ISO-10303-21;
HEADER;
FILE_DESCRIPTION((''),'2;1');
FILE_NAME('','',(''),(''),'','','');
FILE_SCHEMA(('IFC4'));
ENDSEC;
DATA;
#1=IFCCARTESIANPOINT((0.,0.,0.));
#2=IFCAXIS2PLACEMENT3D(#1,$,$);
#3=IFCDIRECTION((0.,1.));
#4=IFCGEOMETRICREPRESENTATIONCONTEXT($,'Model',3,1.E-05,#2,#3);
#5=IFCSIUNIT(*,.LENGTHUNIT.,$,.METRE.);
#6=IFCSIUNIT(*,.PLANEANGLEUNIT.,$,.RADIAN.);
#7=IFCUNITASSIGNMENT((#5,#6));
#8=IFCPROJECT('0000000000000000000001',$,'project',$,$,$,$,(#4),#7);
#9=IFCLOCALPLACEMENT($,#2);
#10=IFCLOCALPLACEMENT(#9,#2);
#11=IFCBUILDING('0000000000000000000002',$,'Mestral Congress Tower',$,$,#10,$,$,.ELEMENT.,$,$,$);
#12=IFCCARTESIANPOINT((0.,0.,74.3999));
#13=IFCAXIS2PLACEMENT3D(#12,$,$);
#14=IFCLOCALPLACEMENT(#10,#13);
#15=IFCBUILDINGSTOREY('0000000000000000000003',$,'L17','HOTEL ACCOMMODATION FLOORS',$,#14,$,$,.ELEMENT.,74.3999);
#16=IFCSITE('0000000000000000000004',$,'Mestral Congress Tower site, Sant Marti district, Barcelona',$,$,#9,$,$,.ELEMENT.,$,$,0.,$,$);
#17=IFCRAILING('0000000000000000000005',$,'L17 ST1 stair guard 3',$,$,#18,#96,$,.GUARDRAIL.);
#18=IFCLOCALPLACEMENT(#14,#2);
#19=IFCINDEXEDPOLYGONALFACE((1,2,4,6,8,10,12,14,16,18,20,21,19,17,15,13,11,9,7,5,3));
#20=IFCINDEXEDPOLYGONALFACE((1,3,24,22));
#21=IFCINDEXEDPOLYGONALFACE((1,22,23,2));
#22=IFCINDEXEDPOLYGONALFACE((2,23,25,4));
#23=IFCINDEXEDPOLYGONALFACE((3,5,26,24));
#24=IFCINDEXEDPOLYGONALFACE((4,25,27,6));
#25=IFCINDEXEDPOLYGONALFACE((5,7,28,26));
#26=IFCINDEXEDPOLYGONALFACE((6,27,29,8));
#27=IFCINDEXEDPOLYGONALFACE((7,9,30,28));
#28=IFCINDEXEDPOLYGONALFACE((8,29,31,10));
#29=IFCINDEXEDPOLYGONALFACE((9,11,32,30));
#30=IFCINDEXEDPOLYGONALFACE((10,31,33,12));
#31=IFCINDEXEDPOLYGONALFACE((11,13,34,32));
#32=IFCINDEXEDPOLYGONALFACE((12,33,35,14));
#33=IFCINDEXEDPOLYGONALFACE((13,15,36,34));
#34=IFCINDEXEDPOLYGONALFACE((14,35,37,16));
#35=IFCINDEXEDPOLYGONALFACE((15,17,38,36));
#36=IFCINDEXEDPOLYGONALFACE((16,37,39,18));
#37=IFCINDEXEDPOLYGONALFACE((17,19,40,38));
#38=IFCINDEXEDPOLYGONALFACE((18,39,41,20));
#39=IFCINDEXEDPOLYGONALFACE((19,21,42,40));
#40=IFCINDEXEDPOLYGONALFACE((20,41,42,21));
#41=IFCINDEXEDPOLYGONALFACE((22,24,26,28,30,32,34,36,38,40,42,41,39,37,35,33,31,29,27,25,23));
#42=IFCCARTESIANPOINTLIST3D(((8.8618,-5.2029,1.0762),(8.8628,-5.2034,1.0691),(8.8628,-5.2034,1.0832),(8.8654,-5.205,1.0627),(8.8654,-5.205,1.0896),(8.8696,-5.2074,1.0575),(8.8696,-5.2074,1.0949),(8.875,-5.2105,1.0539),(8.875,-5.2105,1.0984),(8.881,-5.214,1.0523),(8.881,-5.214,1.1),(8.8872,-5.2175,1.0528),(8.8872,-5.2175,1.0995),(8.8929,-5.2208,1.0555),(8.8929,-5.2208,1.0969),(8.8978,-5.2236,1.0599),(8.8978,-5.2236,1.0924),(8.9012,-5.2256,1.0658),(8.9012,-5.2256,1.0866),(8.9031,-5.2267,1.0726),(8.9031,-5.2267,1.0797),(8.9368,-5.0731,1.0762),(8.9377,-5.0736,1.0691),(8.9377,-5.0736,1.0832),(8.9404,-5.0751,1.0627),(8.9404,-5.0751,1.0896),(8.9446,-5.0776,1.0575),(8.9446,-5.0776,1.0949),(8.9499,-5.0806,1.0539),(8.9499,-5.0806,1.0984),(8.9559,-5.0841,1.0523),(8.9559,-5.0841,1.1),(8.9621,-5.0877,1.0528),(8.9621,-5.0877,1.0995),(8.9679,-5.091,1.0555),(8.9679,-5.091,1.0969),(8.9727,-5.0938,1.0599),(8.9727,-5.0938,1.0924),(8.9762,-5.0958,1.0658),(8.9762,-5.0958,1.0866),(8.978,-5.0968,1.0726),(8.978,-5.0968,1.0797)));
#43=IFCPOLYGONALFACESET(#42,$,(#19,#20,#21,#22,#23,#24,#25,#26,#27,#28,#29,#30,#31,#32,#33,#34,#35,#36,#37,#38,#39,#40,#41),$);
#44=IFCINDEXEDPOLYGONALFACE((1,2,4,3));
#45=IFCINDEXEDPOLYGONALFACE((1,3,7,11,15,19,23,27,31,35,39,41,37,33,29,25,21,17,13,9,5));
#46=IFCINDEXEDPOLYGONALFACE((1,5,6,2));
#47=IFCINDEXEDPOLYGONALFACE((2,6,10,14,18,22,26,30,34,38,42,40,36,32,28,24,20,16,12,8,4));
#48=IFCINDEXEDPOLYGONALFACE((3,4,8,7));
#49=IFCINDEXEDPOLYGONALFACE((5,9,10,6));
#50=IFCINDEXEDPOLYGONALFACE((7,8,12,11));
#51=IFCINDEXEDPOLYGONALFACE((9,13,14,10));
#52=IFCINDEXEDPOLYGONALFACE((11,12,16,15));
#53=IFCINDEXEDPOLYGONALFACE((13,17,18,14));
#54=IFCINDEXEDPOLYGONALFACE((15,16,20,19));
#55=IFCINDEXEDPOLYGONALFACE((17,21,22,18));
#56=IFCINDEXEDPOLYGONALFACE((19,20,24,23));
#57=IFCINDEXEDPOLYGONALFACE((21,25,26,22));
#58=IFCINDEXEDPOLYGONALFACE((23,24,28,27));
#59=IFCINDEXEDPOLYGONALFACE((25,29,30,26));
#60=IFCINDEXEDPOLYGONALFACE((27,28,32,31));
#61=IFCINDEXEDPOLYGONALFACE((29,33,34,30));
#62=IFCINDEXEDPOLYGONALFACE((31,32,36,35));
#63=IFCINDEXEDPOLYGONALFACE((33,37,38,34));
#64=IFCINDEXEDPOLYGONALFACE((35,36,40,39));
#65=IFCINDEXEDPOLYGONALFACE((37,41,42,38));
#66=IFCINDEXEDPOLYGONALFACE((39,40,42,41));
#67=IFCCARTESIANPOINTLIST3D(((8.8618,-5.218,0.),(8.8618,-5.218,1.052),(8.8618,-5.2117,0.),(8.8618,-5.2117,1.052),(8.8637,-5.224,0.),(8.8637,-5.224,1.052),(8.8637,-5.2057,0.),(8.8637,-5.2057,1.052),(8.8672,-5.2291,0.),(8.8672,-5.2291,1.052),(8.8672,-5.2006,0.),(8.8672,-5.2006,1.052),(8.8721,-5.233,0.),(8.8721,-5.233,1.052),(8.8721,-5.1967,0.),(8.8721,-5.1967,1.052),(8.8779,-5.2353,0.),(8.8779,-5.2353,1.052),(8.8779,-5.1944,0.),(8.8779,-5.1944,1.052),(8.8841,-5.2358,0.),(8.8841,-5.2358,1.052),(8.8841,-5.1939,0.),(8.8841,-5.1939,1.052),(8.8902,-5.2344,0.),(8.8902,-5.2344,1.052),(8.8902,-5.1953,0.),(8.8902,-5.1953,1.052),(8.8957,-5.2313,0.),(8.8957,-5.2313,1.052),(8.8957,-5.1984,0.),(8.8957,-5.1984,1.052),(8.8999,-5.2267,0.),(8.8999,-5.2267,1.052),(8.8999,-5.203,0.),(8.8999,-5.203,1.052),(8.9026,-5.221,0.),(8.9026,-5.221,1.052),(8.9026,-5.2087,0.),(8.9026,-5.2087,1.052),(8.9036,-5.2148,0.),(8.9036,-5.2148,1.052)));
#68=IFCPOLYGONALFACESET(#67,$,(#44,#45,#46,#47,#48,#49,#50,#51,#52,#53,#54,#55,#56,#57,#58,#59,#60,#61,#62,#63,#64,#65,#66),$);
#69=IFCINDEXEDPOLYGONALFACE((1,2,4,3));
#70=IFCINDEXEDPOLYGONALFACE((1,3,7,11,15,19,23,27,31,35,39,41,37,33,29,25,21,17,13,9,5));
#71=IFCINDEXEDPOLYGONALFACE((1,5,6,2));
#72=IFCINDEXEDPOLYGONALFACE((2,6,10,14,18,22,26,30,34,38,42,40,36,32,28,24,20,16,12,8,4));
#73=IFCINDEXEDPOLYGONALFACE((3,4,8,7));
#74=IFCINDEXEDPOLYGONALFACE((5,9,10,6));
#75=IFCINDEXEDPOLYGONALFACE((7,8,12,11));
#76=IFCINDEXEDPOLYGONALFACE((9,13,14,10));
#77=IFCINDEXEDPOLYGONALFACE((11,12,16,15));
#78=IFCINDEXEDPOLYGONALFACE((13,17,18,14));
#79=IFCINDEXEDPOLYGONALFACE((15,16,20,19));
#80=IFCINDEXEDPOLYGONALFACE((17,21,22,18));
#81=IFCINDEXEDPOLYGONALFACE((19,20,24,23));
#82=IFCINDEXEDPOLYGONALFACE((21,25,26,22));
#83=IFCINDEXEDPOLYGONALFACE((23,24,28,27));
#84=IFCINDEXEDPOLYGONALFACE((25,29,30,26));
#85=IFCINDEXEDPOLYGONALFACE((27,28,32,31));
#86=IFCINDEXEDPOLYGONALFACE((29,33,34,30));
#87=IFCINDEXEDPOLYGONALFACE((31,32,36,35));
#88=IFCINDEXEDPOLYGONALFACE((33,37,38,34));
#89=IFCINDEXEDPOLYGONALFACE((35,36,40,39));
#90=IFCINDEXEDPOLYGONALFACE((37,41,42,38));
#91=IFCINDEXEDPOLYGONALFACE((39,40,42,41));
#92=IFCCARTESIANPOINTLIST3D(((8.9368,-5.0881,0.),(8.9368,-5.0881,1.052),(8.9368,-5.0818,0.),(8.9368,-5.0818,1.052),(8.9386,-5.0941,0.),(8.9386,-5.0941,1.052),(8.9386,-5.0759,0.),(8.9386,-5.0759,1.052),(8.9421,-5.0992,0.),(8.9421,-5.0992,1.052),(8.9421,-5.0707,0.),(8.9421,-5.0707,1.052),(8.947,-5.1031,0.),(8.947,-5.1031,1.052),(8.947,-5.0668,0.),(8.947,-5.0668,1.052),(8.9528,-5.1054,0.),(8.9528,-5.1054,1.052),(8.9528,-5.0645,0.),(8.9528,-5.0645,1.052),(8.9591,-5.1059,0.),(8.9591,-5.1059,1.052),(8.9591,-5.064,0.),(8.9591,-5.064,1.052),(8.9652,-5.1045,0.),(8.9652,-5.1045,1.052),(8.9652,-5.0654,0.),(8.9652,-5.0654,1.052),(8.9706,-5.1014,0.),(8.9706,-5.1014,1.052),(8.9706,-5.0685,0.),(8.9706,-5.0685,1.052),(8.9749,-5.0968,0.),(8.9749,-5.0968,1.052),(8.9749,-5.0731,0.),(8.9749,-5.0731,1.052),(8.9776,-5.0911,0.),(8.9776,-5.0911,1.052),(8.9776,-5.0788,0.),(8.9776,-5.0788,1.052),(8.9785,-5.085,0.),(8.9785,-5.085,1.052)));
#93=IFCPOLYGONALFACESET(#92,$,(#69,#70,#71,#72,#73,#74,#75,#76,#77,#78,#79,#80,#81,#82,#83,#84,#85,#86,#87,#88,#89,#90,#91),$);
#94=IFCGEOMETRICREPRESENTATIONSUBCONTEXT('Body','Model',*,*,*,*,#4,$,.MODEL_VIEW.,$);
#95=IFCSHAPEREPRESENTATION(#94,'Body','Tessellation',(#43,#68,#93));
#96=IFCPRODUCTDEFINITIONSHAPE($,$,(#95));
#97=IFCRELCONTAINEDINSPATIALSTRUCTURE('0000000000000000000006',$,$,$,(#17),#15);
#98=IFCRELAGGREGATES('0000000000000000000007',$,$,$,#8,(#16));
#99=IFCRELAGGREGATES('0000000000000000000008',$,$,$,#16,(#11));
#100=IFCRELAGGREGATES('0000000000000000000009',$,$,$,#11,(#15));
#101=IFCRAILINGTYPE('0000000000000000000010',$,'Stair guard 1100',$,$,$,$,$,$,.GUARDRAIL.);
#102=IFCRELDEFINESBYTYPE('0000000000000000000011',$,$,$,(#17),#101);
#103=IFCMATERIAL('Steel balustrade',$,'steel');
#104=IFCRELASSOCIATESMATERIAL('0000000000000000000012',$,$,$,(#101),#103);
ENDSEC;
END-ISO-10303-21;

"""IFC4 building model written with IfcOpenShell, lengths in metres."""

from ifc_helpers import new_model, si_unit, direction, frame, origin, origin_2d, place, context, subcontext, project, spatial, circle, extrude, material, type_object, element, save


model = new_model("IFC4")

# Units and contexts
model_context = context("Model", 3, precision=1e-05, world=origin(), true_north=direction((0.0, 1.0)))
body_context = subcontext(model_context, "Body", "Model", "MODEL_VIEW")
ifc_project = project(units=[si_unit("LENGTHUNIT", "METRE"), si_unit("PLANEANGLEUNIT", "RADIAN")], contexts=[model_context])

# Site, building, storey
site_placement = place(None, origin())
site = spatial("IfcSite", under=ifc_project, at=site_placement, Name="Mestral Congress Tower site, Sant Marti district, Barcelona", CompositionType="ELEMENT", RefElevation=0.0)
building_placement = place(site_placement, origin())
building = spatial("IfcBuilding", under=site, at=building_placement, Name="Mestral Congress Tower", CompositionType="ELEMENT")
storey_placement = place(building_placement, frame((0.0, 0.0, 74.3999)))
storey = spatial("IfcBuildingStorey", under=building, at=storey_placement, Name="L17", Description="HOTEL ACCOMMODATION FLOORS", CompositionType="ELEMENT", Elevation=74.3999)

# Railing
ifc_material_1 = material(Name="Steel balustrade", Category="steel")
railing_type_1 = type_object("IfcRailingType", Name="Stair guard 1100", PredefinedType="GUARDRAIL", material=ifc_material_1)
railing_1_placement = place(storey_placement, frame((8.8826, -5.2148, 0.0)))
element("IfcRailing", 1, at=railing_1_placement, inside=storey, type_object=railing_type_1, Name="L17 ST1 stair guard 3", PredefinedType="GUARDRAIL", context=body_context, shape_type="SweptSolid", body=[
    extrude(circle(Radius=0.0239, at=origin_2d()), frame((0.0, 0.0, 1.0762), z_axis=(0.499816, 0.866131, 0.0), x_axis=(-0.866131, 0.499816, 0.0)), (0.0, 0.0, 1.0), 0.1499),
    extrude(circle(Radius=0.021, at=origin_2d()), origin(), (0.0, 0.0, 1.0), 1.052),
    extrude(circle(Radius=0.021, at=origin_2d()), frame((0.075, 0.1299, 0.0)), (0.0, 0.0, 1.0), 1.052),
])

save(model, "model.ifc")
